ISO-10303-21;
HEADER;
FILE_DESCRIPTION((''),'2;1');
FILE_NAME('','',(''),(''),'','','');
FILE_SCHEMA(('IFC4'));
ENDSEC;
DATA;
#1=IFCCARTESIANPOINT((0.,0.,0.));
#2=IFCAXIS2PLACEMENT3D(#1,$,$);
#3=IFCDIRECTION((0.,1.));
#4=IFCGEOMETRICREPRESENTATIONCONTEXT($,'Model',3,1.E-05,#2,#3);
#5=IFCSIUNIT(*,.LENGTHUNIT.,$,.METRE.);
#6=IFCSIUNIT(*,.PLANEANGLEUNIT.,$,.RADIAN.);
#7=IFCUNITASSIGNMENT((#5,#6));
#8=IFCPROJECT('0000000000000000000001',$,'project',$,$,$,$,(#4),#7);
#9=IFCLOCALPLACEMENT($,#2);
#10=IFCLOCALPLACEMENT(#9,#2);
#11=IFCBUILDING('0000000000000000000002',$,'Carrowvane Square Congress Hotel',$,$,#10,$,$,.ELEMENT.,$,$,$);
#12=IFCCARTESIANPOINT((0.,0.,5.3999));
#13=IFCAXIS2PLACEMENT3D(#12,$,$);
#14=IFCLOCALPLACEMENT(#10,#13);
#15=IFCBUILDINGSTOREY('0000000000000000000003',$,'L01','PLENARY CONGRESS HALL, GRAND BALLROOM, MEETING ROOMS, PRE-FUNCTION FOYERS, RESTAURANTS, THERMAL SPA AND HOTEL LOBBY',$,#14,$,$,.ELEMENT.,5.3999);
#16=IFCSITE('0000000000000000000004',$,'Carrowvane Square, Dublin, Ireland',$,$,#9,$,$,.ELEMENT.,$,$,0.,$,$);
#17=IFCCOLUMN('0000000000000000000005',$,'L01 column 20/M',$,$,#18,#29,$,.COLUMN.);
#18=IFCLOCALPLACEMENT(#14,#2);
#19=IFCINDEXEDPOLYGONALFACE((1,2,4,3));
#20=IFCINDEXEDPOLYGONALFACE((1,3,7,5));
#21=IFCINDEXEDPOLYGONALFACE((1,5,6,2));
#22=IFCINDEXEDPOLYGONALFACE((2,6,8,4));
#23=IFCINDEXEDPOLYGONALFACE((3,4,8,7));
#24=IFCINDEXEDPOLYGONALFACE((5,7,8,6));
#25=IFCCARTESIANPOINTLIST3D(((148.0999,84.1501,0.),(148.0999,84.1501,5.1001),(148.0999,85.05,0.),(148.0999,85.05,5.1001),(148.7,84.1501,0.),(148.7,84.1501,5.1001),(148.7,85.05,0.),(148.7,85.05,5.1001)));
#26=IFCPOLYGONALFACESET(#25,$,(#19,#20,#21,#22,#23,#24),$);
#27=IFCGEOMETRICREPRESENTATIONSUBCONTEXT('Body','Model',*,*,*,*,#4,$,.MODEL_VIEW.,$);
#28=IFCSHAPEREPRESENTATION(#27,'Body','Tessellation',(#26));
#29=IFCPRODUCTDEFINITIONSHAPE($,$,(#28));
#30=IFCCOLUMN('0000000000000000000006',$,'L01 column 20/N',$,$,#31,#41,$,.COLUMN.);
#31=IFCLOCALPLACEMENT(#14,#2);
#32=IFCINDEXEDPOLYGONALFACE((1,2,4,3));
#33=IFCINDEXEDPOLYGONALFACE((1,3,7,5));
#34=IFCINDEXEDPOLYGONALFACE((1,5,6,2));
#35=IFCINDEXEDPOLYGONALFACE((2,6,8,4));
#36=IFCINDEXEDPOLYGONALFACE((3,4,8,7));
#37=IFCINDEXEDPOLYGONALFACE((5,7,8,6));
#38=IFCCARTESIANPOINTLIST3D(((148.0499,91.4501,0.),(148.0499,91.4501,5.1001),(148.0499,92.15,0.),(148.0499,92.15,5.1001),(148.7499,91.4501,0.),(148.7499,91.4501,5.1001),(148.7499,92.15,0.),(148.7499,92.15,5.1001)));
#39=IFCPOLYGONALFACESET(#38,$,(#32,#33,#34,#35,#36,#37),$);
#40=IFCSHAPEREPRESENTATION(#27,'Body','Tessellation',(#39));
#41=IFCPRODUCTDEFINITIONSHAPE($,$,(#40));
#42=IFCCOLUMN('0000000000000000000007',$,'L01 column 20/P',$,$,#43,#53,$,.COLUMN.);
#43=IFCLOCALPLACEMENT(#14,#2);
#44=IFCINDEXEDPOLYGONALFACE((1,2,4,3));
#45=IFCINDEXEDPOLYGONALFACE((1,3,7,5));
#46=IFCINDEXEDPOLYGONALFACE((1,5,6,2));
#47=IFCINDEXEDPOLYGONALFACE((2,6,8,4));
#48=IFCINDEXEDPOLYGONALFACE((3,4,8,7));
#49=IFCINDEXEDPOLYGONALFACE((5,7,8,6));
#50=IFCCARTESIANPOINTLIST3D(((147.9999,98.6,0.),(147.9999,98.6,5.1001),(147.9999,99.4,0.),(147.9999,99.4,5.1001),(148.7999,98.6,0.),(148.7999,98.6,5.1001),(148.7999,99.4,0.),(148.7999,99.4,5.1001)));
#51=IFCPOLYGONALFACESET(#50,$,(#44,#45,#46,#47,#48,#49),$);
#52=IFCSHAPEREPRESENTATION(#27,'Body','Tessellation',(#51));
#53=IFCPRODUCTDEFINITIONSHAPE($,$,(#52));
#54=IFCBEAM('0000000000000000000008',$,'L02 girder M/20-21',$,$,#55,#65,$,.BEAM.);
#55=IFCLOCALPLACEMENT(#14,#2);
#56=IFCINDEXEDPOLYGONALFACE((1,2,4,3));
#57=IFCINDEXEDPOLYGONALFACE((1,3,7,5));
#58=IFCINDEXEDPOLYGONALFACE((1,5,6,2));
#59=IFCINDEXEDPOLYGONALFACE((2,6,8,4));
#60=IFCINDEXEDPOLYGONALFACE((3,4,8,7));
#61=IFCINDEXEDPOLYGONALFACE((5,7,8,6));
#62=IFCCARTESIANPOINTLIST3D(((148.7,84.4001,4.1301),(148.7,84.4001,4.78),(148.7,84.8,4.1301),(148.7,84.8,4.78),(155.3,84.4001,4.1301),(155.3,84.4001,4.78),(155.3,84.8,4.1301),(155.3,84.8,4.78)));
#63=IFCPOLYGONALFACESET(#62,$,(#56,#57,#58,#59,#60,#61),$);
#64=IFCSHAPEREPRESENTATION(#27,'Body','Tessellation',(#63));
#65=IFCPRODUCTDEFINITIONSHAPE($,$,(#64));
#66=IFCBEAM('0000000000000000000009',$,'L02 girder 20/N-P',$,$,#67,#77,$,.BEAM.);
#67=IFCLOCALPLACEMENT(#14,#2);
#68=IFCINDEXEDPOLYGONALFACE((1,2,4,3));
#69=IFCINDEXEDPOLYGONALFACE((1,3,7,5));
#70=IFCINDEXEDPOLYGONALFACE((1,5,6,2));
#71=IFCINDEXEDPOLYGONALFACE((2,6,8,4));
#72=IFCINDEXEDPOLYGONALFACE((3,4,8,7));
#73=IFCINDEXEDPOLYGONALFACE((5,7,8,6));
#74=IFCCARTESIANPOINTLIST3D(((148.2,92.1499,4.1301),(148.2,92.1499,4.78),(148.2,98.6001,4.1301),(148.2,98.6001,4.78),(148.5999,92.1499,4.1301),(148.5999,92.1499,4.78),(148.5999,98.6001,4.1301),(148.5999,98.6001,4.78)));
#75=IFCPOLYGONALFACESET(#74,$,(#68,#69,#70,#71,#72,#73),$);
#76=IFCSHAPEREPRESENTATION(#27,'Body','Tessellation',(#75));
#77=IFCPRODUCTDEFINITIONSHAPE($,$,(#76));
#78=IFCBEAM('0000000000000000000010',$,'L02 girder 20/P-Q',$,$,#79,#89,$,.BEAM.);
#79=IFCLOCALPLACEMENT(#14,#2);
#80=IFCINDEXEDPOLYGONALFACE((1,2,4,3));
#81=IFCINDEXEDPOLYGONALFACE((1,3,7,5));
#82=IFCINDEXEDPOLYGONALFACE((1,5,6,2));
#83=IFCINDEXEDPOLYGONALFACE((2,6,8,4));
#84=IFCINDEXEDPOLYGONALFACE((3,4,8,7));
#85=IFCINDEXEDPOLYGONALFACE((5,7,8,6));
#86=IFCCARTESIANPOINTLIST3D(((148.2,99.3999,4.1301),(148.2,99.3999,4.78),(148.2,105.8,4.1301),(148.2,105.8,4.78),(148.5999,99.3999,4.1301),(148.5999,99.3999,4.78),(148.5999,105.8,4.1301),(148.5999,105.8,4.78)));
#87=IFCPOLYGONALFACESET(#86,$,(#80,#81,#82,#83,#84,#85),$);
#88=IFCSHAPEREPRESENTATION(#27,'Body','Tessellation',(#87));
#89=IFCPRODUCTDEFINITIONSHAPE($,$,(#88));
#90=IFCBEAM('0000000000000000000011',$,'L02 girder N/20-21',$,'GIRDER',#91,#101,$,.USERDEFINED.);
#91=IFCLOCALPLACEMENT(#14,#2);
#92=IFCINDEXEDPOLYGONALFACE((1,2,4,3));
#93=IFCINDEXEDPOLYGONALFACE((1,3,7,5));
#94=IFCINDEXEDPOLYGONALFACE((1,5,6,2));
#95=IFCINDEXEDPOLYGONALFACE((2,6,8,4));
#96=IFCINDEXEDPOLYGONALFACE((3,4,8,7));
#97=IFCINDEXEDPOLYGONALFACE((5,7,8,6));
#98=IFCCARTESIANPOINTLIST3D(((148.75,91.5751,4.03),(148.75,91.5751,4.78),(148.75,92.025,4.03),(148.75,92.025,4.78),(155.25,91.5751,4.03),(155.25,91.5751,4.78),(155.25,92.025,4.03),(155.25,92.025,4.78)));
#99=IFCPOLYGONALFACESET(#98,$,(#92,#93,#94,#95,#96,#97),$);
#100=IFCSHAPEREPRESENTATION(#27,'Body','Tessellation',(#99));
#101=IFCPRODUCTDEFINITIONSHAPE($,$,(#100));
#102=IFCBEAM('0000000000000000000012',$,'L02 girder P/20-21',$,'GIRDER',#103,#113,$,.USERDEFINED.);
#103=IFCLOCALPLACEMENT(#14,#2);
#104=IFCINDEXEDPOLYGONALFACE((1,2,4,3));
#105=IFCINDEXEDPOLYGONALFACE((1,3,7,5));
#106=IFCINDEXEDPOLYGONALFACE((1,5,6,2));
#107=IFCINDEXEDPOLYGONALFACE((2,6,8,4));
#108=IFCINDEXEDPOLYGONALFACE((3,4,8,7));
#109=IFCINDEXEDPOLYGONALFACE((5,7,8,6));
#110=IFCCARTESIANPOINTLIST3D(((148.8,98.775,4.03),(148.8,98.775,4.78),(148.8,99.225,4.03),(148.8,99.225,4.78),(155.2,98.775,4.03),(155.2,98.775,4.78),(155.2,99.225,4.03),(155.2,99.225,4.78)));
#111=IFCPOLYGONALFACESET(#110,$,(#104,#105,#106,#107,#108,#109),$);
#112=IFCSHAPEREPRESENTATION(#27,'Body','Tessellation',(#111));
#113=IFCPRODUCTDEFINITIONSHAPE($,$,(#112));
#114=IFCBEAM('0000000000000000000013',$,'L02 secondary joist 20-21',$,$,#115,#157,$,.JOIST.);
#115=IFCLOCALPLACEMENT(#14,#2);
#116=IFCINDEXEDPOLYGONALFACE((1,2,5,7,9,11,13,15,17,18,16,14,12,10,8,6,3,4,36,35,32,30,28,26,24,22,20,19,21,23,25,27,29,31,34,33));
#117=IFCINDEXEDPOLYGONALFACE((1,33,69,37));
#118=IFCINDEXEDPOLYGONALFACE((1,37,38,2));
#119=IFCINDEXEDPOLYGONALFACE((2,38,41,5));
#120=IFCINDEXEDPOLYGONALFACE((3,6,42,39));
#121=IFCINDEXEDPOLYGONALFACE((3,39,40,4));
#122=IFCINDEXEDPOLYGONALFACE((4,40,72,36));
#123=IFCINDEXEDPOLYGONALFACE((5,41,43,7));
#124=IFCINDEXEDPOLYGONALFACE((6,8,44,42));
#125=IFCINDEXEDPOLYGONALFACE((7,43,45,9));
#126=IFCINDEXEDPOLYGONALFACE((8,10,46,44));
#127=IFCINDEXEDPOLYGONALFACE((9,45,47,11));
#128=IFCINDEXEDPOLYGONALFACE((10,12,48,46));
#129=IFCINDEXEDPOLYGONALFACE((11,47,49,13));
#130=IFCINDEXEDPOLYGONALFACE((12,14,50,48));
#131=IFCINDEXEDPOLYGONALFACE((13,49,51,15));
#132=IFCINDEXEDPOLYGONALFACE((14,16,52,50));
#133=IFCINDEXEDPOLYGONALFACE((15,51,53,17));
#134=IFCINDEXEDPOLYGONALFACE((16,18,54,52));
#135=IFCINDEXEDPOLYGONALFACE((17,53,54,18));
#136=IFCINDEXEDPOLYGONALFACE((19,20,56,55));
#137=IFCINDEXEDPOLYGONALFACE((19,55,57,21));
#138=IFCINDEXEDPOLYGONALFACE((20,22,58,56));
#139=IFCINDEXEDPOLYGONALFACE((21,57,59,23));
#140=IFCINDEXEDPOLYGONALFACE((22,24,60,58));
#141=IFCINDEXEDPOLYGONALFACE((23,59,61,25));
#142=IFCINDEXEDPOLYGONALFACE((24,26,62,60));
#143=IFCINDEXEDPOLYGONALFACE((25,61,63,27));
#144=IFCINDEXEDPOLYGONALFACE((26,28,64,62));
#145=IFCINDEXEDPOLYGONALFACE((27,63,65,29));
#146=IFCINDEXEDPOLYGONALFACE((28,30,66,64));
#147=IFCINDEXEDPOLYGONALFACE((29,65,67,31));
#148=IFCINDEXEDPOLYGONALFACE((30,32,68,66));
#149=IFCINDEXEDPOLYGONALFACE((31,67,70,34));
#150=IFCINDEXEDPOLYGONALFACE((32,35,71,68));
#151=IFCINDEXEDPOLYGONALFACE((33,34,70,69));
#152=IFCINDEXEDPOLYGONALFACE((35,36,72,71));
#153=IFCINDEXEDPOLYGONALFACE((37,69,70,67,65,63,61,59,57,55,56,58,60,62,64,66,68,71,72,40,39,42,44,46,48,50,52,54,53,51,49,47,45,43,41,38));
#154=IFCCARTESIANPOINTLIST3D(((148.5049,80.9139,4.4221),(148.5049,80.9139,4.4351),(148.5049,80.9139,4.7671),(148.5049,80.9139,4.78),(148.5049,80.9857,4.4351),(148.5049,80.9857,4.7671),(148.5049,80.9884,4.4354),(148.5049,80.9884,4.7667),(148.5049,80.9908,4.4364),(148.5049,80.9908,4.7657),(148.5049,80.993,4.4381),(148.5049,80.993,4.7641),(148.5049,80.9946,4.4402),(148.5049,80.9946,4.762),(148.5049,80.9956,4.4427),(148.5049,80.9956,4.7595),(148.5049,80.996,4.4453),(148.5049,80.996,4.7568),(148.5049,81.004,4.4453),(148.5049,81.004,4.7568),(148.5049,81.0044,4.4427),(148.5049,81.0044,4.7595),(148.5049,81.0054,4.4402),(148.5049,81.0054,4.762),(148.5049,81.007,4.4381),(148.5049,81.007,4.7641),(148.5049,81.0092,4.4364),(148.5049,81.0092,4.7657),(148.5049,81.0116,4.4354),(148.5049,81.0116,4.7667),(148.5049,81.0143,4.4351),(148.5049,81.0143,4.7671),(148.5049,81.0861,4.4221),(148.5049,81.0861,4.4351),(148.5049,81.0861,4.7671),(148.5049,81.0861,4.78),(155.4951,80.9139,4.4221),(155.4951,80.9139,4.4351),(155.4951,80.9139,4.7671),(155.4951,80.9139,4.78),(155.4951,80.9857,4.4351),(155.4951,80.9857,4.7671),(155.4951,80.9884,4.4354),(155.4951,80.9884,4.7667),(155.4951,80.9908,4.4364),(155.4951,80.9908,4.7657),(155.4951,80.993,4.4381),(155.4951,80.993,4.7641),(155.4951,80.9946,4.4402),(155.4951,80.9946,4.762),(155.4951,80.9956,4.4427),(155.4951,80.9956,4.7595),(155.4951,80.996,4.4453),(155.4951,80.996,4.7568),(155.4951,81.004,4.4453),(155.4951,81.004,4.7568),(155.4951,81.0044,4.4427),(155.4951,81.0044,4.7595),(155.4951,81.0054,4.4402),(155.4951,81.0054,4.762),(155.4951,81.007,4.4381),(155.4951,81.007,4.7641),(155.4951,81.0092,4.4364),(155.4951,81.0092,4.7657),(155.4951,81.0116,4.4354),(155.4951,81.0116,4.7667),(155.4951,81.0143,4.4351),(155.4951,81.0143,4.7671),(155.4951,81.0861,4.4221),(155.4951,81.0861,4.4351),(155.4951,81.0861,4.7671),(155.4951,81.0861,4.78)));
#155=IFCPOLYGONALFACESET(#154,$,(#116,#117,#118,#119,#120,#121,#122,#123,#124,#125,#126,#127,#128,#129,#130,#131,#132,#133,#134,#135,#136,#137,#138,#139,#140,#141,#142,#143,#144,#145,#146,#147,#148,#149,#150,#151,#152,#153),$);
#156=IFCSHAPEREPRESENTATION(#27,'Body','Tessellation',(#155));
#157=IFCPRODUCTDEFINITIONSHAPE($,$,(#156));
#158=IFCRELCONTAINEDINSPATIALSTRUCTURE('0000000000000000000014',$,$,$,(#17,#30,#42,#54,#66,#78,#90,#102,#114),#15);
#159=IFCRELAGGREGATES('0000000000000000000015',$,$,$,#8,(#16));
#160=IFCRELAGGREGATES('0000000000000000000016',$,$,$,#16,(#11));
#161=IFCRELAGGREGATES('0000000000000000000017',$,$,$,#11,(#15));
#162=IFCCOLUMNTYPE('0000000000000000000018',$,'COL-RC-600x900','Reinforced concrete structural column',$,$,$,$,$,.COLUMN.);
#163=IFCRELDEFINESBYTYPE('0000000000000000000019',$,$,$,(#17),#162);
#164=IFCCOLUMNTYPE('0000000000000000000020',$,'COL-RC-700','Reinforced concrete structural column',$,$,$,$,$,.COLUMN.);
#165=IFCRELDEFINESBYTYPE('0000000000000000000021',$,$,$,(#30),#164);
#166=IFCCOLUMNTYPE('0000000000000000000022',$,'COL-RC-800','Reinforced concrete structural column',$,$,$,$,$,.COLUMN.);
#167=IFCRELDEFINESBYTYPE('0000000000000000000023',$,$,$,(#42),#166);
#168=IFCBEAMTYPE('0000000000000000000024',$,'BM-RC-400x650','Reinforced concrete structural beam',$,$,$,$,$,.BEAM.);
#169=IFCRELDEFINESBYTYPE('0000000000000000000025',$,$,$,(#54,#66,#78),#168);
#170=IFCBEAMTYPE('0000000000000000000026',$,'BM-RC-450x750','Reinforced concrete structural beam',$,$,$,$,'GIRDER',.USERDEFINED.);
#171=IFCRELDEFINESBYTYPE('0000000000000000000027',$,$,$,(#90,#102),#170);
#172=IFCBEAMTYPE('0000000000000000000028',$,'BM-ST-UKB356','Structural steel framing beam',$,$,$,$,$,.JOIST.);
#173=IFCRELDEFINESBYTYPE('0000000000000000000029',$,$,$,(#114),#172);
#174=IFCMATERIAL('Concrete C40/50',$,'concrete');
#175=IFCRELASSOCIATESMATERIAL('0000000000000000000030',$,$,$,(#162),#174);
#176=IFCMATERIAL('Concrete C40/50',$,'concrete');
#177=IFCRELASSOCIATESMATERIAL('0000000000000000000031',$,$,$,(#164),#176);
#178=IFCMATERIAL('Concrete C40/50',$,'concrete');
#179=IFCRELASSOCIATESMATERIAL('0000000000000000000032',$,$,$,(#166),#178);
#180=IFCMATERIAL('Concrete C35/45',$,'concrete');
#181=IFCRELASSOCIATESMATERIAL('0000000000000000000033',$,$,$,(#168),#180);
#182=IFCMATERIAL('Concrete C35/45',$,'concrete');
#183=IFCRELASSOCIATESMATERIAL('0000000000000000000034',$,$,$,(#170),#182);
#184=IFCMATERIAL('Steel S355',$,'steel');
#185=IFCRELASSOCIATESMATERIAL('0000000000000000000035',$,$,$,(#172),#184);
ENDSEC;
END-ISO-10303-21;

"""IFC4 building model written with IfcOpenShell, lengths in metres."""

from ifc_helpers import new_model, si_unit, direction, frame, origin, origin_2d, place, context, subcontext, project, spatial, rectangle, i_section, extrude, material, material_profile, profile_set, type_object, element, save


model = new_model("IFC4")

# Units and contexts
model_context = context("Model", 3, precision=1e-05, world=origin(), true_north=direction((0.0, 1.0)))
body_context = subcontext(model_context, "Body", "Model", "MODEL_VIEW")
ifc_project = project(units=[si_unit("LENGTHUNIT", "METRE"), si_unit("PLANEANGLEUNIT", "RADIAN")], contexts=[model_context])

# Site, building, storey
site_placement = place(None, origin())
site = spatial("IfcSite", under=ifc_project, at=site_placement, Name="Carrowvane Square, Dublin, Ireland", CompositionType="ELEMENT", RefElevation=0.0)
building_placement = place(site_placement, origin())
building = spatial("IfcBuilding", under=site, at=building_placement, Name="Carrowvane Square Congress Hotel", CompositionType="ELEMENT")
storey_placement = place(building_placement, frame((0.0, 0.0, 5.3999)))
storey = spatial("IfcBuildingStorey", under=building, at=storey_placement, Name="L01", Description="PLENARY CONGRESS HALL, GRAND BALLROOM, MEETING ROOMS, PRE-FUNCTION FOYERS, RESTAURANTS, THERMAL SPA AND HOTEL LOBBY", CompositionType="ELEMENT", Elevation=5.3999)

# Columns
ifc_material_1 = material(Name="Concrete C40/50", Category="concrete")
ifc_material_profile_1 = material_profile(ifc_material_1, rectangle(XDim=0.6001, YDim=0.8999, at=origin_2d()), Name="RC 600x900")
ifc_profile_set_1 = profile_set([ifc_material_profile_1], Name="Concrete C40/50")
column_type_1 = type_object("IfcColumnType", Name="COL-RC-600x900", Description="Reinforced concrete structural column", PredefinedType="COLUMN", material=ifc_profile_set_1)
column_1_placement = place(storey_placement, frame((148.3999, 84.6001, 0.0), z_axis=(0.0, 0.0, 1.0), x_axis=(1.0, 0.0, 0.0)))
element("IfcColumn", 1, at=column_1_placement, inside=storey, type_object=column_type_1, Name="L01 column 20/M", PredefinedType="COLUMN", context=body_context, shape_type="SweptSolid", body=[
    extrude(rectangle(XDim=0.6001, YDim=0.8999, at=origin_2d()), origin(), (0.0, 0.0, 1.0), 5.1001),
])
ifc_material_2 = material(Name="Concrete C40/50", Category="concrete")
ifc_material_profile_2 = material_profile(ifc_material_2, rectangle(XDim=0.7, YDim=0.7, at=origin_2d()), Name="RC 700x700")
ifc_profile_set_2 = profile_set([ifc_material_profile_2], Name="Concrete C40/50")
column_type_2 = type_object("IfcColumnType", Name="COL-RC-700", Description="Reinforced concrete structural column", PredefinedType="COLUMN", material=ifc_profile_set_2)
column_2_placement = place(storey_placement, frame((148.3999, 91.8, 0.0), z_axis=(0.0, 0.0, 1.0), x_axis=(1.0, 0.0, 0.0)))
element("IfcColumn", 2, at=column_2_placement, inside=storey, type_object=column_type_2, Name="L01 column 20/N", PredefinedType="COLUMN", context=body_context, shape_type="SweptSolid", body=[
    extrude(rectangle(XDim=0.7, YDim=0.7, at=origin_2d()), origin(), (0.0, 0.0, 1.0), 5.1001),
])
ifc_material_3 = material(Name="Concrete C40/50", Category="concrete")
ifc_material_profile_3 = material_profile(ifc_material_3, rectangle(XDim=0.8, YDim=0.8, at=origin_2d()), Name="RC 800x800")
ifc_profile_set_3 = profile_set([ifc_material_profile_3], Name="Concrete C40/50")
column_type_3 = type_object("IfcColumnType", Name="COL-RC-800", Description="Reinforced concrete structural column", PredefinedType="COLUMN", material=ifc_profile_set_3)
column_3_placement = place(storey_placement, frame((148.3999, 99.0, 0.0), z_axis=(0.0, 0.0, 1.0), x_axis=(1.0, 0.0, 0.0)))
element("IfcColumn", 3, at=column_3_placement, inside=storey, type_object=column_type_3, Name="L01 column 20/P", PredefinedType="COLUMN", context=body_context, shape_type="SweptSolid", body=[
    extrude(rectangle(XDim=0.8, YDim=0.8, at=origin_2d()), origin(), (0.0, 0.0, 1.0), 5.1001),
])

# Beams
ifc_material_4 = material(Name="Concrete C35/45", Category="concrete")
ifc_material_profile_4 = material_profile(ifc_material_4, rectangle(XDim=0.3999, YDim=0.6499, at=origin_2d()), Name="RC 400x650")
ifc_profile_set_4 = profile_set([ifc_material_profile_4], Name="Concrete C35/45")
beam_type_1 = type_object("IfcBeamType", Name="BM-RC-400x650", Description="Reinforced concrete structural beam", PredefinedType="BEAM", material=ifc_profile_set_4)
beam_1_placement = place(storey_placement, frame((148.7, 84.6001, 4.4551), z_axis=(1.0, 0.0, 0.0), x_axis=(0.0, 1.0, 0.0)))
element("IfcBeam", 4, at=beam_1_placement, inside=storey, type_object=beam_type_1, Name="L02 girder M/20-21", PredefinedType="BEAM", context=body_context, shape_type="SweptSolid", body=[
    extrude(rectangle(XDim=0.3999, YDim=0.6499, at=origin_2d()), origin(), (0.0, 0.0, 1.0), 6.6001),
])
beam_2_placement = place(storey_placement, frame((148.3999, 92.1499, 4.4551), z_axis=(0.0, 1.0, 0.0), x_axis=(-1.0, 0.0, 0.0)))
element("IfcBeam", 5, at=beam_2_placement, inside=storey, type_object=beam_type_1, Name="L02 girder 20/N-P", PredefinedType="BEAM", context=body_context, shape_type="SweptSolid", body=[
    extrude(rectangle(XDim=0.3999, YDim=0.6499, at=origin_2d()), origin(), (0.0, 0.0, 1.0), 6.4502),
])
beam_3_placement = place(storey_placement, frame((148.3999, 99.3999, 4.4551), z_axis=(0.0, 1.0, 0.0), x_axis=(-1.0, 0.0, 0.0)))
element("IfcBeam", 6, at=beam_3_placement, inside=storey, type_object=beam_type_1, Name="L02 girder 20/P-Q", PredefinedType="BEAM", context=body_context, shape_type="SweptSolid", body=[
    extrude(rectangle(XDim=0.3999, YDim=0.6499, at=origin_2d()), origin(), (0.0, 0.0, 1.0), 6.4001),
])
ifc_material_5 = material(Name="Concrete C35/45", Category="concrete")
ifc_material_profile_5 = material_profile(ifc_material_5, rectangle(XDim=0.45, YDim=0.75, at=origin_2d()), Name="RC 450x750")
ifc_profile_set_5 = profile_set([ifc_material_profile_5], Name="Concrete C35/45")
beam_type_2 = type_object("IfcBeamType", Name="BM-RC-450x750", Description="Reinforced concrete structural beam", ElementType="GIRDER", PredefinedType="USERDEFINED", material=ifc_profile_set_5)
beam_4_placement = place(storey_placement, frame((148.75, 91.8, 4.405), z_axis=(1.0, 0.0, 0.0), x_axis=(0.0, 1.0, 0.0)))
element("IfcBeam", 7, at=beam_4_placement, inside=storey, type_object=beam_type_2, Name="L02 girder N/20-21", ObjectType="GIRDER", PredefinedType="USERDEFINED", context=body_context, shape_type="SweptSolid", body=[
    extrude(rectangle(XDim=0.45, YDim=0.75, at=origin_2d()), origin(), (0.0, 0.0, 1.0), 6.5),
])
beam_5_placement = place(storey_placement, frame((148.8, 99.0, 4.405), z_axis=(1.0, 0.0, 0.0), x_axis=(0.0, 1.0, 0.0)))
element("IfcBeam", 8, at=beam_5_placement, inside=storey, type_object=beam_type_2, Name="L02 girder P/20-21", ObjectType="GIRDER", PredefinedType="USERDEFINED", context=body_context, shape_type="SweptSolid", body=[
    extrude(rectangle(XDim=0.45, YDim=0.75, at=origin_2d()), origin(), (0.0, 0.0, 1.0), 6.3999),
])
ifc_material_6 = material(Name="Steel S355", Category="steel")
ifc_material_profile_6 = material_profile(ifc_material_6, i_section(OverallWidth=0.1721, OverallDepth=0.3579, WebThickness=0.0081, FlangeThickness=0.0129, FilletRadius=0.0103, at=origin_2d()), Name="UKB 356x171x57")
ifc_profile_set_6 = profile_set([ifc_material_profile_6], Name="Steel S355")
beam_type_3 = type_object("IfcBeamType", Name="BM-ST-UKB356", Description="Structural steel framing beam", PredefinedType="JOIST", material=ifc_profile_set_6)
for number, where, z_axis, x_axis, name in (
    (9, (148.5049, 81.0, 4.6011), (1.0, 0.0, 0.0), (0.0, 1.0, 0.0), "L02 secondary joist 20-21"),
):
    element("IfcBeam", number, at=place(storey_placement, frame(where, z_axis=z_axis, x_axis=x_axis)), inside=storey, type_object=beam_type_3, Name=name, PredefinedType="JOIST", context=body_context, shape_type="SweptSolid", body=[
        extrude(i_section(OverallWidth=0.1721, OverallDepth=0.3579, WebThickness=0.0081, FlangeThickness=0.0129, FilletRadius=0.0103, at=origin_2d()), origin(), (0.0, 0.0, 1.0), 6.9902),
    ])

save(model, "model.ifc")
